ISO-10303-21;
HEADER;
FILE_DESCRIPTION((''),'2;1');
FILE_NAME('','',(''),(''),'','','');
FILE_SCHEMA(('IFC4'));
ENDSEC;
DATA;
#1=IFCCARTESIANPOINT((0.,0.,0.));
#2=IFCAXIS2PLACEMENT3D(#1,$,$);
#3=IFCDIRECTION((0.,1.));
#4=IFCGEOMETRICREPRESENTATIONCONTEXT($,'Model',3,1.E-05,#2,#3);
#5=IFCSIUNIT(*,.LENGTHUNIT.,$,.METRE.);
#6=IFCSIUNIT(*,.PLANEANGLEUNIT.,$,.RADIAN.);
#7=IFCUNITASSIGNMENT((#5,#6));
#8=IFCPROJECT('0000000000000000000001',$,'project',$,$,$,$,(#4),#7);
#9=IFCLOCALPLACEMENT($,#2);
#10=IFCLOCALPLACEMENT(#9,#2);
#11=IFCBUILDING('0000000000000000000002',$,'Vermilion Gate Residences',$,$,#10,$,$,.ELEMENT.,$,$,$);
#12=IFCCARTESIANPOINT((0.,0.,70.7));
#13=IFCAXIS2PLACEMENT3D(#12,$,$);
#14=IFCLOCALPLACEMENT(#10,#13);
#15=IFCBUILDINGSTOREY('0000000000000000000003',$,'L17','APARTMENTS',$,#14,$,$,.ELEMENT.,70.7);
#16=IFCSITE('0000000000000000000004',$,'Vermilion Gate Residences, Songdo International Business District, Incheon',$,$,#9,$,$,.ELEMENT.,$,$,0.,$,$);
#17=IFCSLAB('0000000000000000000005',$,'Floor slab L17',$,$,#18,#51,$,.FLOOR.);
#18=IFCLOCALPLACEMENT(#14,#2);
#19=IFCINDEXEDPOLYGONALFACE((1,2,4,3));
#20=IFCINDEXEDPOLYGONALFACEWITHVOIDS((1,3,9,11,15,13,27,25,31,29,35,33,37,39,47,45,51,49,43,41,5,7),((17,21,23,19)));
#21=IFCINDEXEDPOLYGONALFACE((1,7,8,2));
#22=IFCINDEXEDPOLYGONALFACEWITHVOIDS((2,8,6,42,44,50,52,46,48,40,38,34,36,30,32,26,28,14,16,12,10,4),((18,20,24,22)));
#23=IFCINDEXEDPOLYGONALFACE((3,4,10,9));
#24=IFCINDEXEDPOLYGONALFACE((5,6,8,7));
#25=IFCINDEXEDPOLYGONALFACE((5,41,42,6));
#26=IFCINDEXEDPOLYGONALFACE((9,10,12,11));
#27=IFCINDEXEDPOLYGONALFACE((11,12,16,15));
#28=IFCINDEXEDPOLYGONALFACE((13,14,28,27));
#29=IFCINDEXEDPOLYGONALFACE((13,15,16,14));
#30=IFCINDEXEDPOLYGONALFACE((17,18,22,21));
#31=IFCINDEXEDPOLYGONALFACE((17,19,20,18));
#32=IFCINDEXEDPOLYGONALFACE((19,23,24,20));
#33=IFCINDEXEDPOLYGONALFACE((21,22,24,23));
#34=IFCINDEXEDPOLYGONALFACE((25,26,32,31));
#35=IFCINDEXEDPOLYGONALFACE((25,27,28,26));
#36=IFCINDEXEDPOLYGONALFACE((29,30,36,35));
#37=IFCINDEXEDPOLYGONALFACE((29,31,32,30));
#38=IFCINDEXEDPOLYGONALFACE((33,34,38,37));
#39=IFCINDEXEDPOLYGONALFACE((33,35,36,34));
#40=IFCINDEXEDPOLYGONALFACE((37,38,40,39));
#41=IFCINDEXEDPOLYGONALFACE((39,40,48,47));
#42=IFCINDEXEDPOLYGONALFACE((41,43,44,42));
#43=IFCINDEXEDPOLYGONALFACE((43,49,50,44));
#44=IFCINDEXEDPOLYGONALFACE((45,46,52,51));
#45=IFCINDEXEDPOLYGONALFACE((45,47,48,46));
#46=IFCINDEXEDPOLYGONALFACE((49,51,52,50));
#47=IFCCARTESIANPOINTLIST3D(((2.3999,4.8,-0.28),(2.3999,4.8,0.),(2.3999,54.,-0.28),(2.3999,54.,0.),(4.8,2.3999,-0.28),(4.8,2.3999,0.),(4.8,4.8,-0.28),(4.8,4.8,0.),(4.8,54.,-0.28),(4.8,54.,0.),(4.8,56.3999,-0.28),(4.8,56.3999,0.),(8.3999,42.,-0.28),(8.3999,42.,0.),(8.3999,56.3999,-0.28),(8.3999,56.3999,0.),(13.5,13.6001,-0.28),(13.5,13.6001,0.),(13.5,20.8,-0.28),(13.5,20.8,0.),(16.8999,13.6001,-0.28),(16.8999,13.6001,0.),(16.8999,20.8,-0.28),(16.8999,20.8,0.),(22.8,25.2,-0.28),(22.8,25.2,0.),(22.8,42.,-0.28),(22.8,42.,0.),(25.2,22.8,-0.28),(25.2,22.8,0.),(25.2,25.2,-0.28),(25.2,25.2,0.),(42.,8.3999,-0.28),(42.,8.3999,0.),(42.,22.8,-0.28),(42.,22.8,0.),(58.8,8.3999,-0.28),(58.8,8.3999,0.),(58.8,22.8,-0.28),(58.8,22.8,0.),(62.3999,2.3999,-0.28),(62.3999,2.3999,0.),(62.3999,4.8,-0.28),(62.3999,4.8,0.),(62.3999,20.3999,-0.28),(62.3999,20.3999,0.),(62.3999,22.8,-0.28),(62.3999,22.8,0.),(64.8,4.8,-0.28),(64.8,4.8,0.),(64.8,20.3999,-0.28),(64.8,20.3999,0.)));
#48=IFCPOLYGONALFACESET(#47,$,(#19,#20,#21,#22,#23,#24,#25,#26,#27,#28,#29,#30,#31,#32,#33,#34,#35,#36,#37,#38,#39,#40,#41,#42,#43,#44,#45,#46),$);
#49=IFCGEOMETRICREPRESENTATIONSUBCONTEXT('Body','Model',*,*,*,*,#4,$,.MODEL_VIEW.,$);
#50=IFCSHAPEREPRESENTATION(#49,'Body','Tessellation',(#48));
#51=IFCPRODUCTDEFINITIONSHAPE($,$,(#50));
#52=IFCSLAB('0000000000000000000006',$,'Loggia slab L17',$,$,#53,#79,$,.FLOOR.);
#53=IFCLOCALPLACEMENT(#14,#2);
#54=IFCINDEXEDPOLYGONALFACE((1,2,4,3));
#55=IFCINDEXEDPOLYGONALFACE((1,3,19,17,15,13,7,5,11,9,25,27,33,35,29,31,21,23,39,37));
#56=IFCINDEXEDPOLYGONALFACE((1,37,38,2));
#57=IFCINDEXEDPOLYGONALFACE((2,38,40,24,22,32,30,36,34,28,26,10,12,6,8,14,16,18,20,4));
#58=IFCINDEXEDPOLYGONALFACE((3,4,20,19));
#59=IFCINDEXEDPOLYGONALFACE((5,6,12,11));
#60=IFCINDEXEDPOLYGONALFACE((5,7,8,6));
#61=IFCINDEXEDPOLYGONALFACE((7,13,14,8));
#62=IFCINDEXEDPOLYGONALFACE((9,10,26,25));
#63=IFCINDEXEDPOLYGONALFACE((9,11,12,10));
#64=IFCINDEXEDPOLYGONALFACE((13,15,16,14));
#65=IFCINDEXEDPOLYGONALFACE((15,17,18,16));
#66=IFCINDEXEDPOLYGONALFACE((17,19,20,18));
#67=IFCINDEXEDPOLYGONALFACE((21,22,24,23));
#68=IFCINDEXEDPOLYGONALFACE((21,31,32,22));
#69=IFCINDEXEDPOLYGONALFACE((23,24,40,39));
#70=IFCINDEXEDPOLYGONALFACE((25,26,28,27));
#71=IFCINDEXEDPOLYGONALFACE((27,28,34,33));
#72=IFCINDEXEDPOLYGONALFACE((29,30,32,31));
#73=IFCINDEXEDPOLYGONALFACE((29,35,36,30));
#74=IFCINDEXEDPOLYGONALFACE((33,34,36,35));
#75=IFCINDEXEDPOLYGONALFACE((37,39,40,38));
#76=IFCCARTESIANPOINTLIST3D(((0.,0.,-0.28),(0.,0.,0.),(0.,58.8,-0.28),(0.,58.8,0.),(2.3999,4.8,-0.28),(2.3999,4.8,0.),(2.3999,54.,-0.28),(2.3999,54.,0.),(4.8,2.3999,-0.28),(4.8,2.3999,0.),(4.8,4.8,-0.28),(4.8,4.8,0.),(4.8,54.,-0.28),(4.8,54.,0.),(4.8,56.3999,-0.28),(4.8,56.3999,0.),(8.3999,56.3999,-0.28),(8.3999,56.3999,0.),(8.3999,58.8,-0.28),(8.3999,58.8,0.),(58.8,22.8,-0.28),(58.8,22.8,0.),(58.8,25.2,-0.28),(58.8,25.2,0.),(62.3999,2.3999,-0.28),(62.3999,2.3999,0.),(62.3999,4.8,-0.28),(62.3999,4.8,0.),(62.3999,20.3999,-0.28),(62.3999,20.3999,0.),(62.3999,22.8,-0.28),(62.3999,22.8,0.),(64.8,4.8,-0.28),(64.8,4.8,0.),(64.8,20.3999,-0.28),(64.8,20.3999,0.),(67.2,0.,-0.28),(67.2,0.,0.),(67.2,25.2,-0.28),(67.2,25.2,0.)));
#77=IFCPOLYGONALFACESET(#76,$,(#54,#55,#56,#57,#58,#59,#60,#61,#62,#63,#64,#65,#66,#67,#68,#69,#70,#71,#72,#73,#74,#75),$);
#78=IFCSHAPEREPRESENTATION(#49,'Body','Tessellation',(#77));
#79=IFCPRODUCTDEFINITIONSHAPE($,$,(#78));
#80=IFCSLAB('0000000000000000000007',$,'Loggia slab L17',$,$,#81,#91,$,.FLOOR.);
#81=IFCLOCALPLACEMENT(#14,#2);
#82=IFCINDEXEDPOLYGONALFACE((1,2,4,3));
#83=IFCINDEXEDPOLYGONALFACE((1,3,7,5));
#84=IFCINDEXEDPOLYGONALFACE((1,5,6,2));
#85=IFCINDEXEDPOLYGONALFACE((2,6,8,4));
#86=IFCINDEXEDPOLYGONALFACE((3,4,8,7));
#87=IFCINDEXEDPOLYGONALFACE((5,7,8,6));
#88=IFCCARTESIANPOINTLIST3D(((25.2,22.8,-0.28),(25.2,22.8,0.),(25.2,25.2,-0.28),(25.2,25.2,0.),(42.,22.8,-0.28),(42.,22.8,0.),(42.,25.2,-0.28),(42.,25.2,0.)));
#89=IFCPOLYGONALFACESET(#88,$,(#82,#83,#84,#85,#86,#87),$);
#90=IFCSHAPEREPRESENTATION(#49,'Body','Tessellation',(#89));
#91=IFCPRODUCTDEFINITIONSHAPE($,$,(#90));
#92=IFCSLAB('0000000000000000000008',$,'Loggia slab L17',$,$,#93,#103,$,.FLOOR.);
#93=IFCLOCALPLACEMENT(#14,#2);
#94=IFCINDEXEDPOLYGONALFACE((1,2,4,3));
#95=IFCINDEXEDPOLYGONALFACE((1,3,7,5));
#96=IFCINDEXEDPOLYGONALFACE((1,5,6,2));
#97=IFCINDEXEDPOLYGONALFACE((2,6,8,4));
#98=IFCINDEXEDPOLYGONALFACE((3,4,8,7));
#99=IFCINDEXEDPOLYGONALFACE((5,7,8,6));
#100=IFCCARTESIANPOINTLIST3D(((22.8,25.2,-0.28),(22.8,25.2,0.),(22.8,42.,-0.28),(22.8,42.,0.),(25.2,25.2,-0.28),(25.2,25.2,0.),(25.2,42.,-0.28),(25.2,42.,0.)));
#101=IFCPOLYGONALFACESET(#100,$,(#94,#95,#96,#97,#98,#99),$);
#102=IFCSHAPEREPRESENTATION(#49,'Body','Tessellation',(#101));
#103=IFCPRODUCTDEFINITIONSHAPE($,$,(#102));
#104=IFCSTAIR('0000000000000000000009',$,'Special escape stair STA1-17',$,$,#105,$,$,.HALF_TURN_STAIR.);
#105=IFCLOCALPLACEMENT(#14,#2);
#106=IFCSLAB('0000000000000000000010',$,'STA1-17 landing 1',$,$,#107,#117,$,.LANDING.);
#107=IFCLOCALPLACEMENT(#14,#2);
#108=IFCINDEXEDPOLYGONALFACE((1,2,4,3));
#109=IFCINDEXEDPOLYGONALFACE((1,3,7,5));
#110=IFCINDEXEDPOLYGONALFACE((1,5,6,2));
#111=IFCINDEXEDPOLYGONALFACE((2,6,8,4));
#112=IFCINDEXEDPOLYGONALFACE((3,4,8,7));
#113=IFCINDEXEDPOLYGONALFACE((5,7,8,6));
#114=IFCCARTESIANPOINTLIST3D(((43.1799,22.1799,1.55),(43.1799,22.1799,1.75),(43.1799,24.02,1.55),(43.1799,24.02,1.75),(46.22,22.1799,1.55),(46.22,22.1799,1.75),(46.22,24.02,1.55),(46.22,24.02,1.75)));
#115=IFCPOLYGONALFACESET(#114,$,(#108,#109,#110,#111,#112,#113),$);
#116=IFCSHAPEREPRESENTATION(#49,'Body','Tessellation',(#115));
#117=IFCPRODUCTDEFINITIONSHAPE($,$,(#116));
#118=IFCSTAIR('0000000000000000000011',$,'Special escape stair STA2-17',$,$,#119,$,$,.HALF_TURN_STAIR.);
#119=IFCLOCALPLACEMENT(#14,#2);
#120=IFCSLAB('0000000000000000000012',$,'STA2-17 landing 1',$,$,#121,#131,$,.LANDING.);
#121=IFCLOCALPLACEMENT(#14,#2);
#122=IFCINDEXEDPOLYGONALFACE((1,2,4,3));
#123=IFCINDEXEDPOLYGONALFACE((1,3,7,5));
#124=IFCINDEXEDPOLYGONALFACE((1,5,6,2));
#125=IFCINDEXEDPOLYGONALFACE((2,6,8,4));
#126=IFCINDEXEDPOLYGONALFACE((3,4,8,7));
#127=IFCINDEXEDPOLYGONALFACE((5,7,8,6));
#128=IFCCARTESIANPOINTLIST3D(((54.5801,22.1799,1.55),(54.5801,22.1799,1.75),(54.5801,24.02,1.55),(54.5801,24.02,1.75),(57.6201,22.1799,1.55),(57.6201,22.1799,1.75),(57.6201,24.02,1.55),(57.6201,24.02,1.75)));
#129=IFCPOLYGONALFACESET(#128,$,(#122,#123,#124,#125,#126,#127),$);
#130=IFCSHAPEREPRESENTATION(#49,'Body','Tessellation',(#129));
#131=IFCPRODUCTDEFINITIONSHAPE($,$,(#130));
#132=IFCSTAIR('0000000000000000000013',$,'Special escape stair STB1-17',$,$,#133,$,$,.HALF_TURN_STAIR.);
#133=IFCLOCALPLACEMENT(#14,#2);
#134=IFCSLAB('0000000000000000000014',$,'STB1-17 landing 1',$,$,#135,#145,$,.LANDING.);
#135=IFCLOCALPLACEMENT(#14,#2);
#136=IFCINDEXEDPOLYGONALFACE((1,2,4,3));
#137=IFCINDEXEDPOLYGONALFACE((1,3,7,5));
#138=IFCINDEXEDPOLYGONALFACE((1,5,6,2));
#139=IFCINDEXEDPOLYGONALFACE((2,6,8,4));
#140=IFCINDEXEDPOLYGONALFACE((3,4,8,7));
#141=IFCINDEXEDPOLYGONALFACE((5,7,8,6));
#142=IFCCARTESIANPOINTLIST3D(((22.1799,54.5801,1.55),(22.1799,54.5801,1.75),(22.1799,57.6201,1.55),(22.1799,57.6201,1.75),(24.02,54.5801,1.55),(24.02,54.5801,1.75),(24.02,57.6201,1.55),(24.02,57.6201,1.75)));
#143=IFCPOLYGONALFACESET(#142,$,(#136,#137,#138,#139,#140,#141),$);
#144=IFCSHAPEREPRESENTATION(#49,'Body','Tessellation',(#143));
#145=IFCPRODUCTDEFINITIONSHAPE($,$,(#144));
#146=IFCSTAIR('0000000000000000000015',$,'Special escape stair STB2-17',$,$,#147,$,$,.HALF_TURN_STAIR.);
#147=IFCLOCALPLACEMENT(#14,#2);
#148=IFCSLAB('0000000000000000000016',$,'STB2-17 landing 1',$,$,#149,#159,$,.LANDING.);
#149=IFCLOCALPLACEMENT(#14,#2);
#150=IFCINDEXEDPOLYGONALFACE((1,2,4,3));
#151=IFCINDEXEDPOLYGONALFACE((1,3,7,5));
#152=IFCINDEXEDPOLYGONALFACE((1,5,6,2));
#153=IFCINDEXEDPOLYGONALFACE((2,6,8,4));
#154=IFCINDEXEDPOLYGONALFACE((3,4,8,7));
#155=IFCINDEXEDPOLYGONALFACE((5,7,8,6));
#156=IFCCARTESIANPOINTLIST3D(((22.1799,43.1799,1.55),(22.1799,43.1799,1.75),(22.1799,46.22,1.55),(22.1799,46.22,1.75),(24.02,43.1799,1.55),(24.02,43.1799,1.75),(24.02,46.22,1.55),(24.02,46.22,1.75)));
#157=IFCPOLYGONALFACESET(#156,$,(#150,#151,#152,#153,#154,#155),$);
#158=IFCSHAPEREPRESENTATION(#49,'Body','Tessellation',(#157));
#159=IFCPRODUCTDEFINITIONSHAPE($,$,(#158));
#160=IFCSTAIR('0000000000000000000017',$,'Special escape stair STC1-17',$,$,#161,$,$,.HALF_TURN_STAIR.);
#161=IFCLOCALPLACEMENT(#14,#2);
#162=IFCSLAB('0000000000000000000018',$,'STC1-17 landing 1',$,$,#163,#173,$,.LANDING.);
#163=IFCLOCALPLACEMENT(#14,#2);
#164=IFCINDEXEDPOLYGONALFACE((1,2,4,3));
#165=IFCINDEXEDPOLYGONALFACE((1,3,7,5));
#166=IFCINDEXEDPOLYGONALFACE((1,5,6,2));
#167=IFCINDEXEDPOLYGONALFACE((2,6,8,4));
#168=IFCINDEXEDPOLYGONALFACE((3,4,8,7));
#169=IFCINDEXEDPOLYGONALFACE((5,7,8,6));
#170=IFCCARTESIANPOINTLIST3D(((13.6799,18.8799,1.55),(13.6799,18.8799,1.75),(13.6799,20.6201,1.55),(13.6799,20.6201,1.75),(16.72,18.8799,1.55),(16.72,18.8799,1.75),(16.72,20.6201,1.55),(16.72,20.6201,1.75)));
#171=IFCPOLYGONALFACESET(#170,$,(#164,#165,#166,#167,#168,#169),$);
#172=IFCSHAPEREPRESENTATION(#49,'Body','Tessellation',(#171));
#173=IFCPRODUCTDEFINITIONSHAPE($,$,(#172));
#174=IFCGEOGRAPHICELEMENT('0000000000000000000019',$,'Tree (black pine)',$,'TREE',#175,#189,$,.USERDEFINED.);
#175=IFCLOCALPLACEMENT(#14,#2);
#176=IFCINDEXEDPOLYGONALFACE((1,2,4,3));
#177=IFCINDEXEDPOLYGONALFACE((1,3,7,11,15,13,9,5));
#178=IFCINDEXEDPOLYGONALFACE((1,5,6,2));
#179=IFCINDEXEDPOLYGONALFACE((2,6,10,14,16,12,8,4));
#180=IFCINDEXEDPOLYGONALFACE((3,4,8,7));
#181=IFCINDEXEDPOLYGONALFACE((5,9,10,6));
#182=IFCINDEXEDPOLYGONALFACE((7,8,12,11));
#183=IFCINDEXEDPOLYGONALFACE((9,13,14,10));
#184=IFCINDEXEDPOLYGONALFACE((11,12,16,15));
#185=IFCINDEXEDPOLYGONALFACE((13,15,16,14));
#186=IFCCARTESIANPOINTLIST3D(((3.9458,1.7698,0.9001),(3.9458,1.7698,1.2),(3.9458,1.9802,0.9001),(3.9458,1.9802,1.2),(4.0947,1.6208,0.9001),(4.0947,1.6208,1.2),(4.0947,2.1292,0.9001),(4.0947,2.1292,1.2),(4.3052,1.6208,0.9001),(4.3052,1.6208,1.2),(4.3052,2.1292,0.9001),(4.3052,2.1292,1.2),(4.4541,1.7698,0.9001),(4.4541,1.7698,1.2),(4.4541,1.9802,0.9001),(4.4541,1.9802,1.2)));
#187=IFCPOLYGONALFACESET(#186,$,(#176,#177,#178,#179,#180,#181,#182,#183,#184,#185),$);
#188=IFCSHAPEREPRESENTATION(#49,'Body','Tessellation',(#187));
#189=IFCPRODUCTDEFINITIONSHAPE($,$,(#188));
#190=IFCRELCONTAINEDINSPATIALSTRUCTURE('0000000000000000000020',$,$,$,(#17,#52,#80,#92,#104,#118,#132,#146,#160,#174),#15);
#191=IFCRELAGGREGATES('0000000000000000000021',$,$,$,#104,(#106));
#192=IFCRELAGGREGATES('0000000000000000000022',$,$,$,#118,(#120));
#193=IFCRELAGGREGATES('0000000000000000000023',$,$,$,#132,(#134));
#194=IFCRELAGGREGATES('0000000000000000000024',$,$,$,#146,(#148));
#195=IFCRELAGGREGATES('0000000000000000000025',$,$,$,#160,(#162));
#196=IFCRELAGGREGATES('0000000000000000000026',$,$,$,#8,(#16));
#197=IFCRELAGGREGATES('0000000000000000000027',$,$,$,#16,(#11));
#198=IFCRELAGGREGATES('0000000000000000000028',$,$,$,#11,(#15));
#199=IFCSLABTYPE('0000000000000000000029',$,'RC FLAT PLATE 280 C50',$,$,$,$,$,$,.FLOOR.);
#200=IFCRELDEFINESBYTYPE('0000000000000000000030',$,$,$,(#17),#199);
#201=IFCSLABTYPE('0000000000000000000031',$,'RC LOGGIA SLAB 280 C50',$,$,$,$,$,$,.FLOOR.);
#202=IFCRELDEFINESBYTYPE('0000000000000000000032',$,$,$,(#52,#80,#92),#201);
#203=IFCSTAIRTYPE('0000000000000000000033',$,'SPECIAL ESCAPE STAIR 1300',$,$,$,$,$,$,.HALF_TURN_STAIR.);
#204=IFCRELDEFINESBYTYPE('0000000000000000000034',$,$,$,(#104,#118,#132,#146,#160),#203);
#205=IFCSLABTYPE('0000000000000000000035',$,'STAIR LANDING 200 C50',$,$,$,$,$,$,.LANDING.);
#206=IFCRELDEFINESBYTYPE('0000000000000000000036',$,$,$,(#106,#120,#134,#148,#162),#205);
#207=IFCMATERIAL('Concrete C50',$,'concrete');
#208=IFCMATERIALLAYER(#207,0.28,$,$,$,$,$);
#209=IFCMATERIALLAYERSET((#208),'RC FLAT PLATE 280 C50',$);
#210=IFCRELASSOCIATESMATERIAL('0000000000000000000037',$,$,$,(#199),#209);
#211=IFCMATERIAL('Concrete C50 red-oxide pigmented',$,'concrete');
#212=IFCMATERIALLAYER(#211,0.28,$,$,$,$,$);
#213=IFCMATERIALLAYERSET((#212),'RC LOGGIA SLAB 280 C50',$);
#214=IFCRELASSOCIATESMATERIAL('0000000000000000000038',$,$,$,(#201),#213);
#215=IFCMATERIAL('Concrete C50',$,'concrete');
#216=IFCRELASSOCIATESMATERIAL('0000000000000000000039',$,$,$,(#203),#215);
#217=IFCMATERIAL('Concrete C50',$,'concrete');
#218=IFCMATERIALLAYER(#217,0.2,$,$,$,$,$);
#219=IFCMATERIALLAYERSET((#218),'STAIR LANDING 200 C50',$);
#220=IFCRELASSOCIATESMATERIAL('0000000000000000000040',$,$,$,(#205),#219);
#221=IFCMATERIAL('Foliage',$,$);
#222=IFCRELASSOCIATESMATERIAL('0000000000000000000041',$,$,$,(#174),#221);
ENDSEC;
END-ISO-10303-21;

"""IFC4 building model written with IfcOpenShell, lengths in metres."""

from ifc_helpers import new_model, si_unit, direction, frame, origin, place, context, subcontext, project, spatial, polyline, outline, extrude, material, layer, layer_set, type_object, element, aggregate, save


model = new_model("IFC4")

# Units and contexts
model_context = context("Model", 3, precision=1e-05, world=origin(), true_north=direction((0.0, 1.0)))
body_context = subcontext(model_context, "Body", "Model", "MODEL_VIEW")
ifc_project = project(units=[si_unit("LENGTHUNIT", "METRE"), si_unit("PLANEANGLEUNIT", "RADIAN")], contexts=[model_context])

# Site, building, storey
site_placement = place(None, origin())
site = spatial("IfcSite", under=ifc_project, at=site_placement, Name="Vermilion Gate Residences, Songdo International Business District, Incheon", CompositionType="ELEMENT", RefElevation=0.0)
building_placement = place(site_placement, origin())
building = spatial("IfcBuilding", under=site, at=building_placement, Name="Vermilion Gate Residences", CompositionType="ELEMENT")
storey_placement = place(building_placement, frame((0.0, 0.0, 70.7)))
storey = spatial("IfcBuildingStorey", under=building, at=storey_placement, Name="L17", Description="APARTMENTS", CompositionType="ELEMENT", Elevation=70.7)

# Slabs
ifc_material_1 = material(Name="Concrete C50", Category="concrete")
ifc_layer_1 = layer(ifc_material_1, 0.28)
ifc_layer_set_1 = layer_set([ifc_layer_1], Name="RC FLAT PLATE 280 C50")
slab_type_1 = type_object("IfcSlabType", Name="RC FLAT PLATE 280 C50", PredefinedType="FLOOR", material=ifc_layer_set_1)
slab_1_placement = place(storey_placement, frame((0.0, 0.0, -0.28)))
element("IfcSlab", 1, at=slab_1_placement, inside=storey, type_object=slab_type_1, Name="Floor slab L17", PredefinedType="FLOOR", context=body_context, shape_type="SweptSolid", body=[
    extrude(outline(polyline([(22.8, 25.2), (22.8, 42.0), (8.3999, 42.0), (8.3999, 56.3999), (4.8, 56.3999), (4.8, 54.0), (2.3999, 54.0), (2.3999, 4.8), (4.8, 4.8), (4.8, 2.3999), (62.3999, 2.3999), (62.3999, 4.8), (64.8, 4.8), (64.8, 20.3999), (62.3999, 20.3999), (62.3999, 22.8), (58.8, 22.8), (58.8, 8.3999), (42.0, 8.3999), (42.0, 22.8), (25.2, 22.8), (25.2, 25.2), (22.8, 25.2)]), holes=[polyline([(13.5, 13.6001), (13.5, 20.8), (16.8999, 20.8), (16.8999, 13.6001), (13.5, 13.6001)])]), origin(), (0.0, 0.0, 1.0), 0.28),
])
ifc_material_2 = material(Name="Concrete C50 red-oxide pigmented", Category="concrete")
ifc_layer_2 = layer(ifc_material_2, 0.28)
ifc_layer_set_2 = layer_set([ifc_layer_2], Name="RC LOGGIA SLAB 280 C50")
slab_type_2 = type_object("IfcSlabType", Name="RC LOGGIA SLAB 280 C50", PredefinedType="FLOOR", material=ifc_layer_set_2)
slab_2_placement = place(storey_placement, frame((0.0, 0.0, -0.28)))
element("IfcSlab", 2, at=slab_2_placement, inside=storey, type_object=slab_type_2, Name="Loggia slab L17", PredefinedType="FLOOR", context=body_context, shape_type="SweptSolid", body=[
    extrude(outline(polyline([(0.0, 58.8), (0.0, 0.0), (67.2, 0.0), (67.2, 25.2), (58.8, 25.2), (58.8, 22.8), (62.3999, 22.8), (62.3999, 20.3999), (64.8, 20.3999), (64.8, 4.8), (62.3999, 4.8), (62.3999, 2.3999), (4.8, 2.3999), (4.8, 4.8), (2.3999, 4.8), (2.3999, 54.0), (4.8, 54.0), (4.8, 56.3999), (8.3999, 56.3999), (8.3999, 58.8), (0.0, 58.8)])), origin(), (0.0, 0.0, 1.0), 0.28),
])
slab_3_placement = place(storey_placement, frame((0.0, 0.0, -0.28)))
element("IfcSlab", 3, at=slab_3_placement, inside=storey, type_object=slab_type_2, Name="Loggia slab L17", PredefinedType="FLOOR", context=body_context, shape_type="SweptSolid", body=[
    extrude(outline(polyline([(25.2, 22.8), (42.0, 22.8), (42.0, 25.2), (25.2, 25.2), (25.2, 22.8)])), origin(), (0.0, 0.0, 1.0), 0.28),
])
slab_4_placement = place(storey_placement, frame((0.0, 0.0, -0.28)))
element("IfcSlab", 4, at=slab_4_placement, inside=storey, type_object=slab_type_2, Name="Loggia slab L17", PredefinedType="FLOOR", context=body_context, shape_type="SweptSolid", body=[
    extrude(outline(polyline([(22.8, 42.0), (22.8, 25.2), (25.2, 25.2), (25.2, 42.0), (22.8, 42.0)])), origin(), (0.0, 0.0, 1.0), 0.28),
])

# Stairs, slabs
ifc_material_3 = material(Name="Concrete C50", Category="concrete")
stair_type = type_object("IfcStairType", Name="SPECIAL ESCAPE STAIR 1300", PredefinedType="HALF_TURN_STAIR", material=ifc_material_3)
stair_1_placement = place(storey_placement, origin())
stair_1 = element("IfcStair", 5, at=stair_1_placement, inside=storey, type_object=stair_type, Name="Special escape stair STA1-17", PredefinedType="HALF_TURN_STAIR")
ifc_material_4 = material(Name="Concrete C50", Category="concrete")
ifc_layer_3 = layer(ifc_material_4, 0.2)
ifc_layer_set_3 = layer_set([ifc_layer_3], Name="STAIR LANDING 200 C50")
slab_type_3 = type_object("IfcSlabType", Name="STAIR LANDING 200 C50", PredefinedType="LANDING", material=ifc_layer_set_3)
slab_5_placement = place(storey_placement, frame((0.0, 0.0, 1.55)))
slab_5 = element("IfcSlab", 6, at=slab_5_placement, type_object=slab_type_3, Name="STA1-17 landing 1", PredefinedType="LANDING", context=body_context, shape_type="SweptSolid", body=[
    extrude(outline(polyline([(46.22, 22.1799), (46.22, 24.02), (43.1799, 24.02), (43.1799, 22.1799), (46.22, 22.1799)])), origin(), (0.0, 0.0, 1.0), 0.2),
])
aggregate(stair_1, [slab_5])
stair_2_placement = place(storey_placement, origin())
stair_2 = element("IfcStair", 7, at=stair_2_placement, inside=storey, type_object=stair_type, Name="Special escape stair STA2-17", PredefinedType="HALF_TURN_STAIR")
slab_6_placement = place(storey_placement, frame((0.0, 0.0, 1.55)))
slab_6 = element("IfcSlab", 8, at=slab_6_placement, type_object=slab_type_3, Name="STA2-17 landing 1", PredefinedType="LANDING", context=body_context, shape_type="SweptSolid", body=[
    extrude(outline(polyline([(57.6201, 22.1799), (57.6201, 24.02), (54.5801, 24.02), (54.5801, 22.1799), (57.6201, 22.1799)])), origin(), (0.0, 0.0, 1.0), 0.2),
])
aggregate(stair_2, [slab_6])
stair_3_placement = place(storey_placement, origin())
stair_3 = element("IfcStair", 9, at=stair_3_placement, inside=storey, type_object=stair_type, Name="Special escape stair STB1-17", PredefinedType="HALF_TURN_STAIR")
slab_7_placement = place(storey_placement, frame((0.0, 0.0, 1.55)))
slab_7 = element("IfcSlab", 10, at=slab_7_placement, type_object=slab_type_3, Name="STB1-17 landing 1", PredefinedType="LANDING", context=body_context, shape_type="SweptSolid", body=[
    extrude(outline(polyline([(24.02, 54.5801), (24.02, 57.6201), (22.1799, 57.6201), (22.1799, 54.5801), (24.02, 54.5801)])), origin(), (0.0, 0.0, 1.0), 0.2),
])
aggregate(stair_3, [slab_7])
stair_4_placement = place(storey_placement, origin())
stair_4 = element("IfcStair", 11, at=stair_4_placement, inside=storey, type_object=stair_type, Name="Special escape stair STB2-17", PredefinedType="HALF_TURN_STAIR")
slab_8_placement = place(storey_placement, frame((0.0, 0.0, 1.55)))
slab_8 = element("IfcSlab", 12, at=slab_8_placement, type_object=slab_type_3, Name="STB2-17 landing 1", PredefinedType="LANDING", context=body_context, shape_type="SweptSolid", body=[
    extrude(outline(polyline([(24.02, 43.1799), (24.02, 46.22), (22.1799, 46.22), (22.1799, 43.1799), (24.02, 43.1799)])), origin(), (0.0, 0.0, 1.0), 0.2),
])
aggregate(stair_4, [slab_8])
stair_5_placement = place(storey_placement, origin())
stair_5 = element("IfcStair", 13, at=stair_5_placement, inside=storey, type_object=stair_type, Name="Special escape stair STC1-17", PredefinedType="HALF_TURN_STAIR")
slab_9_placement = place(storey_placement, frame((0.0, 0.0, 1.55)))
slab_9 = element("IfcSlab", 14, at=slab_9_placement, type_object=slab_type_3, Name="STC1-17 landing 1", PredefinedType="LANDING", context=body_context, shape_type="SweptSolid", body=[
    extrude(outline(polyline([(16.72, 18.8799), (16.72, 20.6201), (13.6799, 20.6201), (13.6799, 18.8799), (16.72, 18.8799)])), origin(), (0.0, 0.0, 1.0), 0.2),
])
aggregate(stair_5, [slab_9])

# Geographic element
ifc_material_5 = material(Name="Foliage")
geographic_element_1_placement = place(storey_placement, frame((0.0, 0.0, 0.9001)))
element("IfcGeographicElement", 15, at=geographic_element_1_placement, inside=storey, material=ifc_material_5, Name="Tree (black pine)", ObjectType="TREE", PredefinedType="USERDEFINED", context=body_context, shape_type="SweptSolid", body=[
    extrude(outline(polyline([(4.4541, 1.9802), (4.3052, 2.1292), (4.0947, 2.1292), (3.9458, 1.9802), (3.9458, 1.7698), (4.0947, 1.6208), (4.3052, 1.6208), (4.4541, 1.7698), (4.4541, 1.9802)])), origin(), (0.0, 0.0, 1.0), 0.2998),
])

save(model, "model.ifc")
